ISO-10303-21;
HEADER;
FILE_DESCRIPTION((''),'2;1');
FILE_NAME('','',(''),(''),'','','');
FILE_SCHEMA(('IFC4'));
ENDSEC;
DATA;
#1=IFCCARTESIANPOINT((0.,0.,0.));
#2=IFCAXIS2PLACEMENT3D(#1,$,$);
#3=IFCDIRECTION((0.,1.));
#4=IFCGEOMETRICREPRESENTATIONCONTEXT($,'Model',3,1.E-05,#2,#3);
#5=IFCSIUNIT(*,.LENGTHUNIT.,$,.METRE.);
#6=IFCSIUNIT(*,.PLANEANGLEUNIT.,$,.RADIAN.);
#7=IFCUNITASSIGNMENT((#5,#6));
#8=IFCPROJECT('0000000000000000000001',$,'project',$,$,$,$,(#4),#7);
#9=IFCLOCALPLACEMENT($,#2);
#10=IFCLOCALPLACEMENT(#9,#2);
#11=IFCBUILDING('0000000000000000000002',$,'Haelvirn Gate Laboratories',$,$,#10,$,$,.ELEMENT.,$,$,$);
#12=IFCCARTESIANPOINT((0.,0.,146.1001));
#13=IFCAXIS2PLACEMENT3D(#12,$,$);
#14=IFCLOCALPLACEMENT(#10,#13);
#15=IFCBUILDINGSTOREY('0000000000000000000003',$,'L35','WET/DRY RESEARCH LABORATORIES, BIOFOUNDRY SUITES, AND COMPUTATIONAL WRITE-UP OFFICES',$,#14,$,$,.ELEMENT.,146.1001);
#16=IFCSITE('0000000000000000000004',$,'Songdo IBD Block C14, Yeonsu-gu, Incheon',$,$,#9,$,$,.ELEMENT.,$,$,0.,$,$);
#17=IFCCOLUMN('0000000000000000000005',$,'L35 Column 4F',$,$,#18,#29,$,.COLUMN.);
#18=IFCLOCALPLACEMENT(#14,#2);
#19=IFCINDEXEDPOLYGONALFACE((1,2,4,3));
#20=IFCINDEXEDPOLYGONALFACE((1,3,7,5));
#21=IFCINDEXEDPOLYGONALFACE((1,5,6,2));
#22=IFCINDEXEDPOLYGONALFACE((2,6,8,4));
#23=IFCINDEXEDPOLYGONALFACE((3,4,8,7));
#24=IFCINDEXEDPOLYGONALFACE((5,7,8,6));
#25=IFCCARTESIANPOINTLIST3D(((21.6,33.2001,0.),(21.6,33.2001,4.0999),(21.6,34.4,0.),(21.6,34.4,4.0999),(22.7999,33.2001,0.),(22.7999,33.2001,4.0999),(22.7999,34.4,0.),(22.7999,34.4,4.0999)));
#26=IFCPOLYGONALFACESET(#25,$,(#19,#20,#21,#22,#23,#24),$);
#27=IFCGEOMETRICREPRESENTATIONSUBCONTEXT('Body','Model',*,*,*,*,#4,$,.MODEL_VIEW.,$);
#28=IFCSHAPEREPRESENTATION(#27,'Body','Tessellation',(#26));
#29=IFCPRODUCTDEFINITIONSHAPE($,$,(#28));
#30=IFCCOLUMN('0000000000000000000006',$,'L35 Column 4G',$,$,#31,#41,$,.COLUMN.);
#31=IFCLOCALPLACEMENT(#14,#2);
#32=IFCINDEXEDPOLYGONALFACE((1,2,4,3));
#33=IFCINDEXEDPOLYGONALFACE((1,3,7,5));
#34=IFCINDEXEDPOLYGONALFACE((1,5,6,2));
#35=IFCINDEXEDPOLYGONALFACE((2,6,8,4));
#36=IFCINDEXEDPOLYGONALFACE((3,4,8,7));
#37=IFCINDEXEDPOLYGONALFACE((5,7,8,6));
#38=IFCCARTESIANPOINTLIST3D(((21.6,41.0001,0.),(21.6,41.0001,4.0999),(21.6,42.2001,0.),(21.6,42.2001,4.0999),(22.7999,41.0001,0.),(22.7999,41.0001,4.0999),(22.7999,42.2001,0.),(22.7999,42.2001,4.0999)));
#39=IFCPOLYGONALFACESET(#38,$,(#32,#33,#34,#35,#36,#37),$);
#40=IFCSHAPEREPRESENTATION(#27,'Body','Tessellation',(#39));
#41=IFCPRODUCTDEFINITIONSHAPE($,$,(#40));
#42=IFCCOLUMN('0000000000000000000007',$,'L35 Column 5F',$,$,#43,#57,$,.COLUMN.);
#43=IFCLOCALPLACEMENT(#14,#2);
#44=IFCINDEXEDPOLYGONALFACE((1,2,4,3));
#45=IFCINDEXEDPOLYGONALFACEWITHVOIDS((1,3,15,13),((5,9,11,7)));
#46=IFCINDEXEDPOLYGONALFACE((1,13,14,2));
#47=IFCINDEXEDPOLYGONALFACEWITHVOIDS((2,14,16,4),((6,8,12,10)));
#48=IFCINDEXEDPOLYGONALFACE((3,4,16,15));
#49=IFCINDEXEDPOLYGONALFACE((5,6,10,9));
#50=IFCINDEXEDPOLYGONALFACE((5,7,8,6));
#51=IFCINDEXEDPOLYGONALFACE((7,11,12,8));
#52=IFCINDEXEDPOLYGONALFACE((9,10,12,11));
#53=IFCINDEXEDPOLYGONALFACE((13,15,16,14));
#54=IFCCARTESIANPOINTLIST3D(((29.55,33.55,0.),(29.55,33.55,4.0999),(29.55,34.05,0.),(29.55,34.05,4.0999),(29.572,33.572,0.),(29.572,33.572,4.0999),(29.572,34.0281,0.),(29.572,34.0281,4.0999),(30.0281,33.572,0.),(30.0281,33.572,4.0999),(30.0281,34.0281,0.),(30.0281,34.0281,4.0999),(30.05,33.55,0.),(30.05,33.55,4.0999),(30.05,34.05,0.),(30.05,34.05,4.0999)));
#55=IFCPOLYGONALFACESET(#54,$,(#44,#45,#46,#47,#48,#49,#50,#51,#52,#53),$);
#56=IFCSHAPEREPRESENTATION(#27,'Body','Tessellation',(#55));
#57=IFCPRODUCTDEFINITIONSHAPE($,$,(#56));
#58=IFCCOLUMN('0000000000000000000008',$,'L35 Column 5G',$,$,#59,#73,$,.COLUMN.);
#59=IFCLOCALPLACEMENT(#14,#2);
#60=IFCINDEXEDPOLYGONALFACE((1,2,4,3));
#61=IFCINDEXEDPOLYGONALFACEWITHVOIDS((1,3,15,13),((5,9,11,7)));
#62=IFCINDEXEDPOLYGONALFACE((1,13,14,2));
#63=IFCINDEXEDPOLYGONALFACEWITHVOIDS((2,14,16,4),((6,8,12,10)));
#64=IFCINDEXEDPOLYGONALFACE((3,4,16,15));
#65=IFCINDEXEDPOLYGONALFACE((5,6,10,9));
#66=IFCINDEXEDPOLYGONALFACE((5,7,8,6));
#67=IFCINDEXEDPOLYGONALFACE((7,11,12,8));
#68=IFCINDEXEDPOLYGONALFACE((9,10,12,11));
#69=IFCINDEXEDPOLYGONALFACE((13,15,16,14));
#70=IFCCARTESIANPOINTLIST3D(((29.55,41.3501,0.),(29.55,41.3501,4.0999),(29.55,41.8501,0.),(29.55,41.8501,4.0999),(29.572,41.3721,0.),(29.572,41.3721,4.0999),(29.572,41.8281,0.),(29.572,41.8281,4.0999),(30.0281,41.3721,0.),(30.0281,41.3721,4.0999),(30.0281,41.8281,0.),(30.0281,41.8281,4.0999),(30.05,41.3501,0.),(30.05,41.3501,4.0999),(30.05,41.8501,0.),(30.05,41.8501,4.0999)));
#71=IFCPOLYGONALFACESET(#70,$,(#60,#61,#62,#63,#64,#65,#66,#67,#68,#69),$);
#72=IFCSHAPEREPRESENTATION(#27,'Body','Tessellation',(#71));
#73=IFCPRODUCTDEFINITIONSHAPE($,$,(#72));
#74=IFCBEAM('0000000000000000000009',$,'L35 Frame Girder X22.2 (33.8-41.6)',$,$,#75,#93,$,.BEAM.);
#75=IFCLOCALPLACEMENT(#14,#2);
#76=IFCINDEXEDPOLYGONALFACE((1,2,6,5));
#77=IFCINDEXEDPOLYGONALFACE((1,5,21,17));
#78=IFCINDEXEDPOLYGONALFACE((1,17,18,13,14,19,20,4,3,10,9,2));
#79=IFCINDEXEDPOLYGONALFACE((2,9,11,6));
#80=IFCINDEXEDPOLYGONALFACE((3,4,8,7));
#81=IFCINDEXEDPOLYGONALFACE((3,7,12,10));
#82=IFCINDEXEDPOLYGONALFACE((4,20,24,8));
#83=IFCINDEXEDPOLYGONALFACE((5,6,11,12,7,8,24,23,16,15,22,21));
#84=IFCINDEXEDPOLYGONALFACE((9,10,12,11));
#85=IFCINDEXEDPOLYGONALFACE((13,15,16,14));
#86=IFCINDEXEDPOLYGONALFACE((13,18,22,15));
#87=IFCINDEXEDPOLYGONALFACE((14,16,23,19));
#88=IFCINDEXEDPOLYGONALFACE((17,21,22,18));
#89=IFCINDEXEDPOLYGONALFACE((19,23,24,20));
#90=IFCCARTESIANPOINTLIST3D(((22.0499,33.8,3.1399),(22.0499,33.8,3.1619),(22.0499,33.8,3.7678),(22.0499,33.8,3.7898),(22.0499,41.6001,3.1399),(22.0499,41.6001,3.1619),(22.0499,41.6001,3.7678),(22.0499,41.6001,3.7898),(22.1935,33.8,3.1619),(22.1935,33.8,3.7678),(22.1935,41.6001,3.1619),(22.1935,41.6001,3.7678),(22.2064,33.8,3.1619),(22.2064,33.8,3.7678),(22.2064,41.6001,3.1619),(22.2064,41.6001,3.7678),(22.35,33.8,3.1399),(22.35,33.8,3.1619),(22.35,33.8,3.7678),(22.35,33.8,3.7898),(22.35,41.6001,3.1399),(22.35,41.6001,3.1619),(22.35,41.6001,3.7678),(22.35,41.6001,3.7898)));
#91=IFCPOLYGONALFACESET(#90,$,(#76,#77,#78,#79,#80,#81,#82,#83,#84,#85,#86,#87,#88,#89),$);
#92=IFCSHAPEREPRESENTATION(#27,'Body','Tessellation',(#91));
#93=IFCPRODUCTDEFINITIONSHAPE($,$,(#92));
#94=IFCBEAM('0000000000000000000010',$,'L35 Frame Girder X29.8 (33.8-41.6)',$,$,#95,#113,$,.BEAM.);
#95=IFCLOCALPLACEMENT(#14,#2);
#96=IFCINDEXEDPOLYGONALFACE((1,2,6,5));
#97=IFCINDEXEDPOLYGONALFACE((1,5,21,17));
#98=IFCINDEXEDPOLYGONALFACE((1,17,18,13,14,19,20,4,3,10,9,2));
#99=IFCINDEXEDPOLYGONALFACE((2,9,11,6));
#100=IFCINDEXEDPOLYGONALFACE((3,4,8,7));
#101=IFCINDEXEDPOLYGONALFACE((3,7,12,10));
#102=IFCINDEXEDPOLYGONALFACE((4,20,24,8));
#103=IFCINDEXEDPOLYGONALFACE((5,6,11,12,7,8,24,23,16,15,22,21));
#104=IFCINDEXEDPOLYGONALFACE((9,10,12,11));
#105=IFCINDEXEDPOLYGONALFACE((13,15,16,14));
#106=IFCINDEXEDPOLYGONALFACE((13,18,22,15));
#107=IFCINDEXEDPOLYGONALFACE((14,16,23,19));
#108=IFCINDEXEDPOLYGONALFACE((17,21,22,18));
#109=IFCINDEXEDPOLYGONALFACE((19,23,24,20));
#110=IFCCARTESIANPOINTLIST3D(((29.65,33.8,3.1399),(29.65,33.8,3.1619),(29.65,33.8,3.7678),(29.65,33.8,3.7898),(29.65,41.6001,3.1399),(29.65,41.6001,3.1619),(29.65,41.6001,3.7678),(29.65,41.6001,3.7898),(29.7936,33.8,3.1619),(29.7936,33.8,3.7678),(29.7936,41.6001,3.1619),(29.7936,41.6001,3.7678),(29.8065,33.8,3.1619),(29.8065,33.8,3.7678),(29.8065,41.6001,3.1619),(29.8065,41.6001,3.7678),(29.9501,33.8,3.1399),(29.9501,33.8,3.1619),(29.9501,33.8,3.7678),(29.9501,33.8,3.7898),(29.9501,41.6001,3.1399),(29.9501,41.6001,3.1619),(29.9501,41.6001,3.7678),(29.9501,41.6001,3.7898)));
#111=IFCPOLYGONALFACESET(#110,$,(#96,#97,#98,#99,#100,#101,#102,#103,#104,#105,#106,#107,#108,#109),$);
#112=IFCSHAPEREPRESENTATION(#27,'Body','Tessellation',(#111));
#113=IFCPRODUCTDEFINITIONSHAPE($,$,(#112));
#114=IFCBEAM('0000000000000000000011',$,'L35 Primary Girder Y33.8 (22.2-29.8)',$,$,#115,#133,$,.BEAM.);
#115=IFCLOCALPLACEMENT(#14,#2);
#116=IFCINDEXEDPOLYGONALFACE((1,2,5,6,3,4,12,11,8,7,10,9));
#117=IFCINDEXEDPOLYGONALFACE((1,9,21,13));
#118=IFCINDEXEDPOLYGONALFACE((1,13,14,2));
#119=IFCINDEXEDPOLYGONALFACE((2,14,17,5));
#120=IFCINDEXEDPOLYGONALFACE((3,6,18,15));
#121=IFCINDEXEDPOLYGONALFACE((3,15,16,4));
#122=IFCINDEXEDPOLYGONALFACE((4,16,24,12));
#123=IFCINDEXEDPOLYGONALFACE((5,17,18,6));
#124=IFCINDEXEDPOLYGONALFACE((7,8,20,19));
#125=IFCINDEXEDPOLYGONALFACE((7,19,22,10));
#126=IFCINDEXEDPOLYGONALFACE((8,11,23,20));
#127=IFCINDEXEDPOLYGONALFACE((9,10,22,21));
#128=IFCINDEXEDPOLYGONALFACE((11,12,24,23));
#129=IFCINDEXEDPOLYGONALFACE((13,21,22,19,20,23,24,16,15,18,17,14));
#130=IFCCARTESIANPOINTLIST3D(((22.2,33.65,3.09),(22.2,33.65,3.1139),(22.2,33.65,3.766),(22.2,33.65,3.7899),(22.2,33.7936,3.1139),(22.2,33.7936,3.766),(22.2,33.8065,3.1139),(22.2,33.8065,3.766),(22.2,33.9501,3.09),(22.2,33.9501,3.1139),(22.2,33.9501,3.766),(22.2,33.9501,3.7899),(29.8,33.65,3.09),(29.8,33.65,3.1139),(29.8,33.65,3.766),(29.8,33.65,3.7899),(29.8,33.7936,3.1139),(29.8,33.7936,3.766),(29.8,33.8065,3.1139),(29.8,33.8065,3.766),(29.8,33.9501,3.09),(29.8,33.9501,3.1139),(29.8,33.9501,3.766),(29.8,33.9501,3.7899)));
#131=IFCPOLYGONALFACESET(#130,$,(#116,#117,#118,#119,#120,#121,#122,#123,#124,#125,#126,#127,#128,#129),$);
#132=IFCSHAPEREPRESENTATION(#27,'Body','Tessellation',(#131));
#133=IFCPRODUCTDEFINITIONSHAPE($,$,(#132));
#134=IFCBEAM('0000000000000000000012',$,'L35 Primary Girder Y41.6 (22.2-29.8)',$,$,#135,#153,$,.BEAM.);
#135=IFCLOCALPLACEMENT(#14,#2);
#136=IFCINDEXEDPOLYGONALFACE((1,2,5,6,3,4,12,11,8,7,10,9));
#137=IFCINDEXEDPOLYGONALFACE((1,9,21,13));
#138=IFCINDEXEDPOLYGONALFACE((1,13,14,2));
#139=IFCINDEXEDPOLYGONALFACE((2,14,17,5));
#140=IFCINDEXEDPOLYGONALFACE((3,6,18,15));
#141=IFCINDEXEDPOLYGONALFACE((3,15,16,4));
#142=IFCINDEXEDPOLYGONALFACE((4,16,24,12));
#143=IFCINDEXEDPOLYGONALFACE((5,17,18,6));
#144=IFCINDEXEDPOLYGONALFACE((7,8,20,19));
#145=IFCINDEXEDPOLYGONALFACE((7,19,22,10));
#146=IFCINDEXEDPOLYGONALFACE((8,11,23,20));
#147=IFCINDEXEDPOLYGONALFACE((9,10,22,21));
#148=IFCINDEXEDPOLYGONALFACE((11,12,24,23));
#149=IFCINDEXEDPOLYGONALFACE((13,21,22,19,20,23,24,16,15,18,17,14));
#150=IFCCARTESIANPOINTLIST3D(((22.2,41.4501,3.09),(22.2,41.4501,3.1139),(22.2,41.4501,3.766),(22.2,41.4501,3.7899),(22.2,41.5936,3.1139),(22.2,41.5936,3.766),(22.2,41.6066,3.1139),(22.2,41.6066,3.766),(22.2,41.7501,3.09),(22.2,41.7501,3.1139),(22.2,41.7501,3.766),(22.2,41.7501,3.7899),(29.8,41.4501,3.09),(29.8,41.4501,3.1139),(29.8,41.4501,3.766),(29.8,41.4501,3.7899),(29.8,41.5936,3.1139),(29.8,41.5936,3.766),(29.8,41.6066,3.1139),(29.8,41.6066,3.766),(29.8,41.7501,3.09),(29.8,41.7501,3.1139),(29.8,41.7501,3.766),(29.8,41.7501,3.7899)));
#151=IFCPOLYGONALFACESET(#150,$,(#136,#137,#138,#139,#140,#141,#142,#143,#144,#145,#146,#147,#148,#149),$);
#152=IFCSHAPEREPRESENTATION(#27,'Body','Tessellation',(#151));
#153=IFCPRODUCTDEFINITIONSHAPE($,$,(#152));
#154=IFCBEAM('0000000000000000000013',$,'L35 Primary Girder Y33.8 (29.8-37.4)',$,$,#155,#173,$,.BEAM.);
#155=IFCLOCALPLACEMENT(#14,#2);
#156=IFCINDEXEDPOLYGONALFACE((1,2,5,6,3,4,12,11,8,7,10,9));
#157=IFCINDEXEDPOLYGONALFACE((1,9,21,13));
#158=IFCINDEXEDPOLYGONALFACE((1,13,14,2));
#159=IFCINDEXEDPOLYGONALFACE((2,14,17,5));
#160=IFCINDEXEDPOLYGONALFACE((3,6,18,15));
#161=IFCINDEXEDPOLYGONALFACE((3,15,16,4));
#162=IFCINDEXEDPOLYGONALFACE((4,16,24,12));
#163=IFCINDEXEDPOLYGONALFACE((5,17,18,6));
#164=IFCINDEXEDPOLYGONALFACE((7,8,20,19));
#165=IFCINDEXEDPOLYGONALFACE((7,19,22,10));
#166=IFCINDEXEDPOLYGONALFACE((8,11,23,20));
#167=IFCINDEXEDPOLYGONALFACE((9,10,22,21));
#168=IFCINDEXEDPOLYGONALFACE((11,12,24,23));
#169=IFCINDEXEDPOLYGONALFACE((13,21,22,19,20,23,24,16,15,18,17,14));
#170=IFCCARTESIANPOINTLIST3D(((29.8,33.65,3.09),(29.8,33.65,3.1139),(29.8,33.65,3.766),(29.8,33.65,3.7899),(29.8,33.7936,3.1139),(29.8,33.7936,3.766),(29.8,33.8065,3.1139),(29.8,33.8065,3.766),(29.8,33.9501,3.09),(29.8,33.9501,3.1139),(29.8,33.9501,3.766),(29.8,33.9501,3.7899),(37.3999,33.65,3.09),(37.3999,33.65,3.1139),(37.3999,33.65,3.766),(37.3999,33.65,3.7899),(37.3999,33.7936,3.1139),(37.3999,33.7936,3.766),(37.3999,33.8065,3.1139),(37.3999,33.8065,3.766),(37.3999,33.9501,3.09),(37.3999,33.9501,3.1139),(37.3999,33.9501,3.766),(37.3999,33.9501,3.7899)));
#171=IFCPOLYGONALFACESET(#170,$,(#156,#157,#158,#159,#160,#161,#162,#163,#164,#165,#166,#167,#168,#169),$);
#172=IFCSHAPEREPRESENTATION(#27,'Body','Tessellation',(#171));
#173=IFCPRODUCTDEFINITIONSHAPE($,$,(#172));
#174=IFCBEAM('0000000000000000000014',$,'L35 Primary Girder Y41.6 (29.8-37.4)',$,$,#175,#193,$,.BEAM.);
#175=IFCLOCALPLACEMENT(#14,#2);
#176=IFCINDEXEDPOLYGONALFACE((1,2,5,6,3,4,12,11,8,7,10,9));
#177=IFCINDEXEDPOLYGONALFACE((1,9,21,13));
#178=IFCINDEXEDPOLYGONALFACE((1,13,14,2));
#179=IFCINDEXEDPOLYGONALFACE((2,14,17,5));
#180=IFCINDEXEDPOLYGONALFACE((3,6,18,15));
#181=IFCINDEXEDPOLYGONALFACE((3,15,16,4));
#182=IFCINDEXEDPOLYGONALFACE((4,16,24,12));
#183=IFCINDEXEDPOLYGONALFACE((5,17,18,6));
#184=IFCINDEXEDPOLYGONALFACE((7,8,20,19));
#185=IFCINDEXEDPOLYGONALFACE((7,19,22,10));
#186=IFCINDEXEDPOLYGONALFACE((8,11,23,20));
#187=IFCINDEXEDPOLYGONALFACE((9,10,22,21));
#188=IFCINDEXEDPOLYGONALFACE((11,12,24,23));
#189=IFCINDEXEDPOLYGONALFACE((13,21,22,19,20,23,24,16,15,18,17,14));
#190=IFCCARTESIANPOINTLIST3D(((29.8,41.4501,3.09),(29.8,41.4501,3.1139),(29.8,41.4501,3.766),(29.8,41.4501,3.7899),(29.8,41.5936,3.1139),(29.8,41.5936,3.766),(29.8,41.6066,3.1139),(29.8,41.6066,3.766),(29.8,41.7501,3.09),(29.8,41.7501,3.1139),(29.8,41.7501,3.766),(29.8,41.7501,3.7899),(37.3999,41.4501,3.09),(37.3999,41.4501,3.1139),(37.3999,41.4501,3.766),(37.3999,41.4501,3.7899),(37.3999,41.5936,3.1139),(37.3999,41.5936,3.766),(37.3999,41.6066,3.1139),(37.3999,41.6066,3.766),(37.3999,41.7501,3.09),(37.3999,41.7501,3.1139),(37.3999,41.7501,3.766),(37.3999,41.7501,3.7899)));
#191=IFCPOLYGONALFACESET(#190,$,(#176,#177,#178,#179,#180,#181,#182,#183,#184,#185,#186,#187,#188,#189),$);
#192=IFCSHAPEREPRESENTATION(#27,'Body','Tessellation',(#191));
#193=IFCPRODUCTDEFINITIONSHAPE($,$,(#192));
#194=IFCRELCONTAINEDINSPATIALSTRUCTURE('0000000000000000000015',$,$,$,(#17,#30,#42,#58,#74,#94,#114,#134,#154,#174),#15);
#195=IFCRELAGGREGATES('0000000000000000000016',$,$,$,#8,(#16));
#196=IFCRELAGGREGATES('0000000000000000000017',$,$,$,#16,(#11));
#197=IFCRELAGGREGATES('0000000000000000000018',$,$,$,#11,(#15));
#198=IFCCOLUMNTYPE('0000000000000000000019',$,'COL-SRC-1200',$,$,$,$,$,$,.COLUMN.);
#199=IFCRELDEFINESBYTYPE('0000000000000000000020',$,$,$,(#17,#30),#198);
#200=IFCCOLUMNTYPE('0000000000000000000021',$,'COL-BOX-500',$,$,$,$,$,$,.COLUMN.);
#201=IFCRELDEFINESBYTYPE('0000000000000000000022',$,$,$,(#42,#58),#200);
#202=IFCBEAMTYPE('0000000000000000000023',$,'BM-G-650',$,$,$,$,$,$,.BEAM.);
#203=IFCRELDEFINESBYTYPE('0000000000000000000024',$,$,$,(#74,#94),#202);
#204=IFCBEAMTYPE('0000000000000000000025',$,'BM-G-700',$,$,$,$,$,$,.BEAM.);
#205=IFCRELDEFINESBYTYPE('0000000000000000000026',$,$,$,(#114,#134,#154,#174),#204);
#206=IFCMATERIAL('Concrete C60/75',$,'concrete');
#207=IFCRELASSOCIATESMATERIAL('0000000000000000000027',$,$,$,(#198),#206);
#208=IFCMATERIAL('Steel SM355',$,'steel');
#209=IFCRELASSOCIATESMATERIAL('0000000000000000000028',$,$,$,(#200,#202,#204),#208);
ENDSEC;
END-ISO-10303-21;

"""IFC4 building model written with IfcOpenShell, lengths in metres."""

from ifc_helpers import new_model, si_unit, direction, frame, origin, origin_2d, place, context, subcontext, project, spatial, rectangle, hollow_rectangle, i_section, extrude, source, transform, mapped, material, material_profile, profile_set, type_object, type_shapes, element, save


model = new_model("IFC4")

# Units and contexts
model_context = context("Model", 3, precision=1e-05, world=origin(), true_north=direction((0.0, 1.0)))
body_context = subcontext(model_context, "Body", "Model", "MODEL_VIEW")
ifc_project = project(units=[si_unit("LENGTHUNIT", "METRE"), si_unit("PLANEANGLEUNIT", "RADIAN")], contexts=[model_context])

# Site, building, storey
site_placement = place(None, origin())
site = spatial("IfcSite", under=ifc_project, at=site_placement, Name="Songdo IBD Block C14, Yeonsu-gu, Incheon", CompositionType="ELEMENT", RefElevation=0.0)
building_placement = place(site_placement, origin())
building = spatial("IfcBuilding", under=site, at=building_placement, Name="Haelvirn Gate Laboratories", CompositionType="ELEMENT")
storey_placement = place(building_placement, frame((0.0, 0.0, 146.1001)))
storey = spatial("IfcBuildingStorey", under=building, at=storey_placement, Name="L35", Description="WET/DRY RESEARCH LABORATORIES, BIOFOUNDRY SUITES, AND COMPUTATIONAL WRITE-UP OFFICES", CompositionType="ELEMENT", Elevation=146.1001)

# Columns
ifc_material_1 = material(Name="Concrete C60/75", Category="concrete")
ifc_material_profile_1 = material_profile(ifc_material_1, rectangle(XDim=1.2, YDim=1.2, at=origin_2d()), Name="SRC-1200x1200")
ifc_profile_set_1 = profile_set([ifc_material_profile_1], Name="Concrete C60/75")
column_type_1 = type_object("IfcColumnType", Name="COL-SRC-1200", PredefinedType="COLUMN", material=ifc_profile_set_1)
shared_shape_1 = source(origin(), body_context, "Body", "SweptSolid", [
    extrude(rectangle(XDim=1.2, YDim=1.2, at=origin_2d()), origin(), (0.0, 0.0, 1.0), 4.0999),
])
type_shapes(column_type_1, [shared_shape_1])
for number, where, z_axis, x_axis, name in (
    (1, (22.2, 33.8, 0.0), (0.0, 0.0, 1.0), (1.0, 0.0, 0.0), "L35 Column 4F"),
    (2, (22.2, 41.6001, 0.0), (0.0, 0.0, 1.0), (1.0, 0.0, 0.0), "L35 Column 4G"),
):
    element("IfcColumn", number, at=place(storey_placement, frame(where, z_axis=z_axis, x_axis=x_axis)), inside=storey, type_object=column_type_1, Name=name, PredefinedType="COLUMN", context=body_context, shape_type="MappedRepresentation", body=[
        mapped(shared_shape_1, transform((0.0, 0.0, 0.0), scale=1.0)),
    ])
ifc_material_2 = material(Name="Steel SM355", Category="steel")
ifc_material_profile_2 = material_profile(ifc_material_2, hollow_rectangle(XDim=0.5, YDim=0.5, WallThickness=0.022, at=origin_2d()), Name="BOX-500x500x22")
ifc_profile_set_2 = profile_set([ifc_material_profile_2], Name="Steel SM355")
column_type_2 = type_object("IfcColumnType", Name="COL-BOX-500", PredefinedType="COLUMN", material=ifc_profile_set_2)
shared_shape_2 = source(origin(), body_context, "Body", "SweptSolid", [
    extrude(hollow_rectangle(XDim=0.5, YDim=0.5, WallThickness=0.022, at=origin_2d()), origin(), (0.0, 0.0, 1.0), 4.0999),
])
type_shapes(column_type_2, [shared_shape_2])
for number, where, z_axis, x_axis, name in (
    (3, (29.8, 33.8, 0.0), (0.0, 0.0, 1.0), (1.0, 0.0, 0.0), "L35 Column 5F"),
    (4, (29.8, 41.6001, 0.0), (0.0, 0.0, 1.0), (1.0, 0.0, 0.0), "L35 Column 5G"),
):
    element("IfcColumn", number, at=place(storey_placement, frame(where, z_axis=z_axis, x_axis=x_axis)), inside=storey, type_object=column_type_2, Name=name, PredefinedType="COLUMN", context=body_context, shape_type="MappedRepresentation", body=[
        mapped(shared_shape_2, transform((0.0, 0.0, 0.0), scale=1.0)),
    ])

# Beams
ifc_material_profile_3 = material_profile(ifc_material_2, i_section(OverallWidth=0.3, OverallDepth=0.6499, WebThickness=0.0129, FlangeThickness=0.022, at=origin_2d()), Name="H-650x300x13x22")
ifc_profile_set_3 = profile_set([ifc_material_profile_3], Name="Steel SM355")
beam_type_1 = type_object("IfcBeamType", Name="BM-G-650", PredefinedType="BEAM", material=ifc_profile_set_3)
shared_shape_3 = source(origin(), body_context, "Body", "SweptSolid", [
    extrude(i_section(OverallWidth=0.3, OverallDepth=0.6499, WebThickness=0.0129, FlangeThickness=0.022, at=origin_2d()), origin(), (0.0, 0.0, 1.0), 7.8),
])
type_shapes(beam_type_1, [shared_shape_3])
for number, where, z_axis, x_axis, name in (
    (5, (22.2, 33.8, 3.4648), (0.0, 1.0, 0.0), (-1.0, 0.0, 0.0), "L35 Frame Girder X22.2 (33.8-41.6)"),
    (6, (29.8, 33.8, 3.4648), (0.0, 1.0, 0.0), (-1.0, 0.0, 0.0), "L35 Frame Girder X29.8 (33.8-41.6)"),
):
    element("IfcBeam", number, at=place(storey_placement, frame(where, z_axis=z_axis, x_axis=x_axis)), inside=storey, type_object=beam_type_1, Name=name, PredefinedType="BEAM", context=body_context, shape_type="MappedRepresentation", body=[
        mapped(shared_shape_3, transform((0.0, 0.0, 0.0), scale=1.0)),
    ])
ifc_material_profile_4 = material_profile(ifc_material_2, i_section(OverallWidth=0.3, OverallDepth=0.7, WebThickness=0.0129, FlangeThickness=0.0239, at=origin_2d()), Name="H-700x300x13x24")
ifc_profile_set_4 = profile_set([ifc_material_profile_4], Name="Steel SM355")
beam_type_2 = type_object("IfcBeamType", Name="BM-G-700", PredefinedType="BEAM", material=ifc_profile_set_4)
shared_shape_4 = source(origin(), body_context, "Body", "SweptSolid", [
    extrude(i_section(OverallWidth=0.3, OverallDepth=0.7, WebThickness=0.0129, FlangeThickness=0.0239, at=origin_2d()), origin(), (0.0, 0.0, 1.0), 7.6001),
])
for number, where, z_axis, x_axis, name in (
    (7, (22.2, 33.8, 3.4399), (1.0, 0.0, 0.0), (0.0, 1.0, 0.0), "L35 Primary Girder Y33.8 (22.2-29.8)"),
    (8, (22.2, 41.6001, 3.4399), (1.0, 0.0, 0.0), (0.0, 1.0, 0.0), "L35 Primary Girder Y41.6 (22.2-29.8)"),
):
    element("IfcBeam", number, at=place(storey_placement, frame(where, z_axis=z_axis, x_axis=x_axis)), inside=storey, type_object=beam_type_2, Name=name, PredefinedType="BEAM", context=body_context, shape_type="MappedRepresentation", body=[
        mapped(shared_shape_4, transform((0.0, 0.0, 0.0), scale=1.0)),
    ])
shared_shape_5 = source(origin(), body_context, "Body", "SweptSolid", [
    extrude(i_section(OverallWidth=0.3, OverallDepth=0.7, WebThickness=0.0129, FlangeThickness=0.0239, at=origin_2d()), origin(), (0.0, 0.0, 1.0), 7.5999),
])
type_shapes(beam_type_2, [shared_shape_4, shared_shape_5])
for number, where, z_axis, x_axis, name in (
    (9, (29.8, 33.8, 3.4399), (1.0, 0.0, 0.0), (0.0, 1.0, 0.0), "L35 Primary Girder Y33.8 (29.8-37.4)"),
    (10, (29.8, 41.6001, 3.4399), (1.0, 0.0, 0.0), (0.0, 1.0, 0.0), "L35 Primary Girder Y41.6 (29.8-37.4)"),
):
    element("IfcBeam", number, at=place(storey_placement, frame(where, z_axis=z_axis, x_axis=x_axis)), inside=storey, type_object=beam_type_2, Name=name, PredefinedType="BEAM", context=body_context, shape_type="MappedRepresentation", body=[
        mapped(shared_shape_5, transform((0.0, 0.0, 0.0), scale=1.0)),
    ])

save(model, "model.ifc")
